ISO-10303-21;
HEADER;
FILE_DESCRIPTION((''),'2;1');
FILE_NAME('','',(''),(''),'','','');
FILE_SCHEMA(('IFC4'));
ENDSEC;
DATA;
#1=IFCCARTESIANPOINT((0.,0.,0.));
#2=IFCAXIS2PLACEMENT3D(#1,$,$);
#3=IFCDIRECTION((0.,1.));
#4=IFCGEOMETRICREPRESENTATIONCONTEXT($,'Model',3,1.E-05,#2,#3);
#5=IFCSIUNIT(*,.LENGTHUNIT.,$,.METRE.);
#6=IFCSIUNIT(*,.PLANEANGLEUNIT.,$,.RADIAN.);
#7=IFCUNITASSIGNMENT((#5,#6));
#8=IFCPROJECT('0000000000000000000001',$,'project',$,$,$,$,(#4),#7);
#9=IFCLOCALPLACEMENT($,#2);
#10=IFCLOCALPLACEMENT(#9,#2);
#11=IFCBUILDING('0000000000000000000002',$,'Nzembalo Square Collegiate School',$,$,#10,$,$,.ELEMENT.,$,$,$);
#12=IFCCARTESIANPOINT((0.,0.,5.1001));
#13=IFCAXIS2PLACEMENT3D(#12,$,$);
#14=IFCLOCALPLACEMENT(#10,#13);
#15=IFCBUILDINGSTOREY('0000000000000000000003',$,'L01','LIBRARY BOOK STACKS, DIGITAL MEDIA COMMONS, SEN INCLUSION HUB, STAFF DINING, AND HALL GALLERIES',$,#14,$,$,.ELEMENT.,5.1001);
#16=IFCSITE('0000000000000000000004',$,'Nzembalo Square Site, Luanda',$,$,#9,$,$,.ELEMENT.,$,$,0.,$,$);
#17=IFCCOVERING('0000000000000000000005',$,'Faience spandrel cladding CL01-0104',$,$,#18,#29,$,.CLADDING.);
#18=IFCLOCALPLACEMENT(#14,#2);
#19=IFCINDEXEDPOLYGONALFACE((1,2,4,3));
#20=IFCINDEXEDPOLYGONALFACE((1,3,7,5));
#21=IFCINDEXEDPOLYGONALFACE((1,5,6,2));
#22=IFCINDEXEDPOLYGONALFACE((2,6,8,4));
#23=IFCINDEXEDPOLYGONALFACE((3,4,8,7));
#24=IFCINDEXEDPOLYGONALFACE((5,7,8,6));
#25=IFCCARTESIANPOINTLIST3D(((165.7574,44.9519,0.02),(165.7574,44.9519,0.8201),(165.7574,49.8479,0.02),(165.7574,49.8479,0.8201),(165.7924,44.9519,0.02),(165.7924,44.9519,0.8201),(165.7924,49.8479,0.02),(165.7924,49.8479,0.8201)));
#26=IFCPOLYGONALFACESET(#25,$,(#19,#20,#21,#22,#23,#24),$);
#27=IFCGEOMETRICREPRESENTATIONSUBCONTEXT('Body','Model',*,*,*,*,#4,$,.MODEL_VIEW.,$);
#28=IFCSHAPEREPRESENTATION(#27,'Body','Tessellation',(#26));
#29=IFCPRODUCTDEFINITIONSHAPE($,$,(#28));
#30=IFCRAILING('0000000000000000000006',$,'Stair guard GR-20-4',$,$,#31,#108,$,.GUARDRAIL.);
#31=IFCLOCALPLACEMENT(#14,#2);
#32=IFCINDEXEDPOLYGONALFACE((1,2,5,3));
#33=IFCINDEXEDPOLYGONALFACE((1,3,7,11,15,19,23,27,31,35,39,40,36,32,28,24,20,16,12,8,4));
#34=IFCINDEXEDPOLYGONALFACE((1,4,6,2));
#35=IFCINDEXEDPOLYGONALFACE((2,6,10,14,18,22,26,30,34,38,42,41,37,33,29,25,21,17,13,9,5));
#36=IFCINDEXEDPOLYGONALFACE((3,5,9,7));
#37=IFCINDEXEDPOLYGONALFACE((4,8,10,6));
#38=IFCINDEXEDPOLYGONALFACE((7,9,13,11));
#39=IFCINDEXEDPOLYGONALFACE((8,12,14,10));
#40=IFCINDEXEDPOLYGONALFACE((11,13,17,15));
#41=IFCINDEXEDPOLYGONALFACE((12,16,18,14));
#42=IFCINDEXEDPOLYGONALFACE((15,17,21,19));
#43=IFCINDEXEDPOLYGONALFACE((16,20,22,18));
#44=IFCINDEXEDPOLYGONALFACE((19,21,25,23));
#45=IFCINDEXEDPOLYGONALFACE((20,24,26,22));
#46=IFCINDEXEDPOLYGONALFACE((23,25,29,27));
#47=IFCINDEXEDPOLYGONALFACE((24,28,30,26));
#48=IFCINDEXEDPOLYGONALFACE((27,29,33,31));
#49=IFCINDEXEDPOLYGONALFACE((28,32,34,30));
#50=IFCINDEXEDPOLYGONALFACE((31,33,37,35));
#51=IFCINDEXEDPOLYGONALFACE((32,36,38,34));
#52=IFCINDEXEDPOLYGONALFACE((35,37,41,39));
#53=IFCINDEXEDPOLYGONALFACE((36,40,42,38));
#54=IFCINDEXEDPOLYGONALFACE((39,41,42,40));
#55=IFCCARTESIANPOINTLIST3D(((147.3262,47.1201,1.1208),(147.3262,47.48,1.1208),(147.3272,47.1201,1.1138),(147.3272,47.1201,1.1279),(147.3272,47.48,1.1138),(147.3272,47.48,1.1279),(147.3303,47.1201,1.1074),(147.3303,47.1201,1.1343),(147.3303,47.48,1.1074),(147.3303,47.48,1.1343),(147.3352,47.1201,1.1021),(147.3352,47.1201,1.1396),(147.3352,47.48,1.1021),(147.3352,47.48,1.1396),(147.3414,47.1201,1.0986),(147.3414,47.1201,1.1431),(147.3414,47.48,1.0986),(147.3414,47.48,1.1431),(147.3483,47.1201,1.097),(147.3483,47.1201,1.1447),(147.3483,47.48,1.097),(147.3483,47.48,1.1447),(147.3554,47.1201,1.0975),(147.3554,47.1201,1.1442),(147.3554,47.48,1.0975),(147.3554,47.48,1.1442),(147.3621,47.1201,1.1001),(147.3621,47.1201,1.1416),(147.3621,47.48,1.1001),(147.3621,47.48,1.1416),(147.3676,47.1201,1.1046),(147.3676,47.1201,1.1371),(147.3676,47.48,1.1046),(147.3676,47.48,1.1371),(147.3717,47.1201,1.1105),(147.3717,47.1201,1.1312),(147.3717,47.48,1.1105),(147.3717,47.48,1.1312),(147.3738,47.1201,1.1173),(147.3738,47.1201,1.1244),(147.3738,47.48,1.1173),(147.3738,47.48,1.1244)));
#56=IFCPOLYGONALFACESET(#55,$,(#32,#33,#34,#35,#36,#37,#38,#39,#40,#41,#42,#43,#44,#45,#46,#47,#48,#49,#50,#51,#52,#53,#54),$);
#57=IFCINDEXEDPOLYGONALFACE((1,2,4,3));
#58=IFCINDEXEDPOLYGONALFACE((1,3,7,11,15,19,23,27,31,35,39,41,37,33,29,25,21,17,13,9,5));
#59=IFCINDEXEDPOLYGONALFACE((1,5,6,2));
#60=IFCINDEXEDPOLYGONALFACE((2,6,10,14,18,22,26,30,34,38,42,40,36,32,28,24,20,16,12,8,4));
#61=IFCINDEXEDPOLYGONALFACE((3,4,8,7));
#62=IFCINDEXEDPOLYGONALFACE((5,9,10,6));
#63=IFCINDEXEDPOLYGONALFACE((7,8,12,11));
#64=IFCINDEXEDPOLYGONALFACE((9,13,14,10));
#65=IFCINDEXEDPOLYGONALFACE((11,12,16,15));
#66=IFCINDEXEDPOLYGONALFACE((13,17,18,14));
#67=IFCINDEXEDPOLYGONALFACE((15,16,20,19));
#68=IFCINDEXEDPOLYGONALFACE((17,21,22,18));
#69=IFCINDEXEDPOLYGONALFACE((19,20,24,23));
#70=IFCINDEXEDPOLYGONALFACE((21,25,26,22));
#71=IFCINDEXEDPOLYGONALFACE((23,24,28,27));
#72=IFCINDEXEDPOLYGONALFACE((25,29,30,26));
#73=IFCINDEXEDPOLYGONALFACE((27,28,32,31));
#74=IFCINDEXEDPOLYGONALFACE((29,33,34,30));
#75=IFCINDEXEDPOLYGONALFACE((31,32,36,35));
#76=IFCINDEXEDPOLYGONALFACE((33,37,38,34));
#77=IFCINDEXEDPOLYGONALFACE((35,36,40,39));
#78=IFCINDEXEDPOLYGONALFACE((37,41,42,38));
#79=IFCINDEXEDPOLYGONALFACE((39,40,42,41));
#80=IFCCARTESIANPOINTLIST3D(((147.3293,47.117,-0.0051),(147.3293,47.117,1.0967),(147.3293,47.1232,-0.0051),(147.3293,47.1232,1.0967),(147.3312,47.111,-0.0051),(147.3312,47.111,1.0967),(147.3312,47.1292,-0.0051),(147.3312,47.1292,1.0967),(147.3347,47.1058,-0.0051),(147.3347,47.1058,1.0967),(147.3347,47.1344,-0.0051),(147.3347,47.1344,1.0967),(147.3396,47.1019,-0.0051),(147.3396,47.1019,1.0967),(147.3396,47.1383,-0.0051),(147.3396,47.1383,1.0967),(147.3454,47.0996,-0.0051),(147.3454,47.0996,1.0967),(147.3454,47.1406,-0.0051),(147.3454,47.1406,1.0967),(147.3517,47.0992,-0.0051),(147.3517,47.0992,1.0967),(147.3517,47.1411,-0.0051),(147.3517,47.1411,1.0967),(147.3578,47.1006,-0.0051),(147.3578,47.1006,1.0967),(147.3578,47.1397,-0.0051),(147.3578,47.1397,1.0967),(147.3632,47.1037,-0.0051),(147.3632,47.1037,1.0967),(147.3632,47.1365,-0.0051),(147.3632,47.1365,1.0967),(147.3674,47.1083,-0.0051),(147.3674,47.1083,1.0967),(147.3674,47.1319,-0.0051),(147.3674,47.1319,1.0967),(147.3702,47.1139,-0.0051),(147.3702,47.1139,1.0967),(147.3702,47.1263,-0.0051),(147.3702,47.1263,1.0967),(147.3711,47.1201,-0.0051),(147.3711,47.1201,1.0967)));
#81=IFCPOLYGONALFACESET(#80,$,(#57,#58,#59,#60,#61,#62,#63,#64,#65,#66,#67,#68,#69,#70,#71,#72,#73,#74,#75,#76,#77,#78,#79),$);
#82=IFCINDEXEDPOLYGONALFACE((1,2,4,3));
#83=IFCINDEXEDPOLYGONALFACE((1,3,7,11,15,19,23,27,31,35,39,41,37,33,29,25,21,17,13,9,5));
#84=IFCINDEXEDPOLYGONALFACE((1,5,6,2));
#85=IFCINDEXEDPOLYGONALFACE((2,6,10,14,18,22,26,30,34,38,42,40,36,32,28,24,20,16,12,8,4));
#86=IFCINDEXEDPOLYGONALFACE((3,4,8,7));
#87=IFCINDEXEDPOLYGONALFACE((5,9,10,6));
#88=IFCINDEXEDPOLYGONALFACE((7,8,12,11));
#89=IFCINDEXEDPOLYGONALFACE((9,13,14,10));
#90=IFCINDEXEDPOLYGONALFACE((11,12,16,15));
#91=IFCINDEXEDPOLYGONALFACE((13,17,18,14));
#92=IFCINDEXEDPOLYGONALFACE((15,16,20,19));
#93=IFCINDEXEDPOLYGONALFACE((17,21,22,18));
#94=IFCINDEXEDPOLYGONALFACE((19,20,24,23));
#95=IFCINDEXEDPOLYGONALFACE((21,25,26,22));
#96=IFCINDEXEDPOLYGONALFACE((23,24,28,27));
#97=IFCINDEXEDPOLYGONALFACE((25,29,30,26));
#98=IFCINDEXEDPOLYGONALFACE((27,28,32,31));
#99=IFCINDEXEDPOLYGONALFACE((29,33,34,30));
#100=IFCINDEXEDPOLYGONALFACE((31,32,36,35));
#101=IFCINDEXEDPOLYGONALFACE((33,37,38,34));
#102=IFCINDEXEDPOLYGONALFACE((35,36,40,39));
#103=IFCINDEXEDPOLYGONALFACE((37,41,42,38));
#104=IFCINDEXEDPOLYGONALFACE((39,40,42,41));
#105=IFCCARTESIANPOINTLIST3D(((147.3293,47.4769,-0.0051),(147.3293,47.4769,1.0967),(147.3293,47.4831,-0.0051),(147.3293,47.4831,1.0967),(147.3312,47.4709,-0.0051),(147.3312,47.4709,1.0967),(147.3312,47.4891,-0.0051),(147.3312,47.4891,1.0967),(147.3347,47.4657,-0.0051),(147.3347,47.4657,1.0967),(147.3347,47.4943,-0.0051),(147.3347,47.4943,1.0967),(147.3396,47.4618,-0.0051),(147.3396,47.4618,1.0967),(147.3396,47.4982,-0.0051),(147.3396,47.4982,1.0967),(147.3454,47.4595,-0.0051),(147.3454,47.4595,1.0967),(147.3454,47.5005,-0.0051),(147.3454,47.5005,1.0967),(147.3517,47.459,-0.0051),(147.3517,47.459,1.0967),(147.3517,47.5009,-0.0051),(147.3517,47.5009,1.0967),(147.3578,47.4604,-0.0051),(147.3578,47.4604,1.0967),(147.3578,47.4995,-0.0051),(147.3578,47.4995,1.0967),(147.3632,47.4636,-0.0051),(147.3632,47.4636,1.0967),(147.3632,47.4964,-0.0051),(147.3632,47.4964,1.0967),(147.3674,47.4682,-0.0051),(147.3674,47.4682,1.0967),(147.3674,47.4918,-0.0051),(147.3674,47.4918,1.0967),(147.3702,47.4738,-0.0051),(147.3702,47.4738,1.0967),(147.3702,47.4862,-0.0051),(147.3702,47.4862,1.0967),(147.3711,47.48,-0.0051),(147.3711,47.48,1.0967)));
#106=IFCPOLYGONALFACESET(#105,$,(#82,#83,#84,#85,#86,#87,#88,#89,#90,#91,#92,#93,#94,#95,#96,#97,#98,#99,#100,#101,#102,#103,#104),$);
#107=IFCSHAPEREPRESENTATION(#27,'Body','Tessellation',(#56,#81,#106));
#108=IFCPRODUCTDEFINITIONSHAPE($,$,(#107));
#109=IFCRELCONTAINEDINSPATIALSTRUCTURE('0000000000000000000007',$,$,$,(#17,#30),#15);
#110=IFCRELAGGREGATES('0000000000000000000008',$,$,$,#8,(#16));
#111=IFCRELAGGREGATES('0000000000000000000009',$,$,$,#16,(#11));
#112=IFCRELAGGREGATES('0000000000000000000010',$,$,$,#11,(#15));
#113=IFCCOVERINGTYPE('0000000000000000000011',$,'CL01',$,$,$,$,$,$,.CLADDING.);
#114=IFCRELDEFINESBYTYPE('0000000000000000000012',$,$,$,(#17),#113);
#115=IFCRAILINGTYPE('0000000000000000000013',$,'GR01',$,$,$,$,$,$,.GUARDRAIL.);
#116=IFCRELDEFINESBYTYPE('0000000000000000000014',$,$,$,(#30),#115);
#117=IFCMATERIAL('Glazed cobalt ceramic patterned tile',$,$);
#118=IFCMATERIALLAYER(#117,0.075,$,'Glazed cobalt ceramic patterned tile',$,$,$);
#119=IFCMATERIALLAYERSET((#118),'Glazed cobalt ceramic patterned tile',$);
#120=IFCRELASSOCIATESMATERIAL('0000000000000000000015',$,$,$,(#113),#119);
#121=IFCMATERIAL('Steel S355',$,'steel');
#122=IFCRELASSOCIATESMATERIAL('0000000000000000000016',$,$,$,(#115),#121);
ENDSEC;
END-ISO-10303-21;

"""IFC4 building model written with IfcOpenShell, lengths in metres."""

from ifc_helpers import new_model, si_unit, direction, frame, origin, origin_2d, place, context, subcontext, project, spatial, rectangle, circle, extrude, material, layer, layer_set, type_object, element, save


model = new_model("IFC4")

# Units and contexts
model_context = context("Model", 3, precision=1e-05, world=origin(), true_north=direction((0.0, 1.0)))
body_context = subcontext(model_context, "Body", "Model", "MODEL_VIEW")
ifc_project = project(units=[si_unit("LENGTHUNIT", "METRE"), si_unit("PLANEANGLEUNIT", "RADIAN")], contexts=[model_context])

# Site, building, storey
site_placement = place(None, origin())
site = spatial("IfcSite", under=ifc_project, at=site_placement, Name="Nzembalo Square Site, Luanda", CompositionType="ELEMENT", RefElevation=0.0)
building_placement = place(site_placement, origin())
building = spatial("IfcBuilding", under=site, at=building_placement, Name="Nzembalo Square Collegiate School", CompositionType="ELEMENT")
storey_placement = place(building_placement, frame((0.0, 0.0, 5.1001)))
storey = spatial("IfcBuildingStorey", under=building, at=storey_placement, Name="L01", Description="LIBRARY BOOK STACKS, DIGITAL MEDIA COMMONS, SEN INCLUSION HUB, STAFF DINING, AND HALL GALLERIES", CompositionType="ELEMENT", Elevation=5.1001)

# Covering
ifc_material_1 = material(Name="Glazed cobalt ceramic patterned tile")
ifc_layer_1 = layer(ifc_material_1, 0.075, Name="Glazed cobalt ceramic patterned tile")
ifc_layer_set_1 = layer_set([ifc_layer_1], Name="Glazed cobalt ceramic patterned tile")
covering_type = type_object("IfcCoveringType", Name="CL01", PredefinedType="CLADDING", material=ifc_layer_set_1)
covering_placement = place(storey_placement, frame((165.7749, 47.3999, 0.02), z_axis=(0.0, 0.0, 1.0), x_axis=(1.0, 0.0, 0.0)))
element("IfcCovering", 1, at=covering_placement, inside=storey, type_object=covering_type, Name="Faience spandrel cladding CL01-0104", PredefinedType="CLADDING", context=body_context, shape_type="SweptSolid", body=[
    extrude(rectangle(XDim=0.0349, YDim=4.896, at=origin_2d()), origin(), (0.0, 0.0, 1.0), 0.8),
])

# Railing
ifc_material_2 = material(Name="Steel S355", Category="steel")
railing_type = type_object("IfcRailingType", Name="GR01", PredefinedType="GUARDRAIL", material=ifc_material_2)
railing_placement = place(storey_placement, frame((147.3501, 47.1201, -0.0051)))
element("IfcRailing", 2, at=railing_placement, inside=storey, type_object=railing_type, Name="Stair guard GR-20-4", PredefinedType="GUARDRAIL", context=body_context, shape_type="SweptSolid", body=[
    extrude(circle(Radius=0.0239, at=origin_2d()), frame((0.0, 0.0, 1.126), z_axis=(0.0, 1.0, 0.0), x_axis=(-1.0, 0.0, 0.0)), (0.0, 0.0, 1.0), 0.3599),
    extrude(circle(Radius=0.021, at=origin_2d()), origin(), (0.0, 0.0, 1.0), 1.1018),
    extrude(circle(Radius=0.021, at=origin_2d()), frame((0.0, 0.3599, 0.0)), (0.0, 0.0, 1.0), 1.1018),
])

save(model, "model.ifc")
